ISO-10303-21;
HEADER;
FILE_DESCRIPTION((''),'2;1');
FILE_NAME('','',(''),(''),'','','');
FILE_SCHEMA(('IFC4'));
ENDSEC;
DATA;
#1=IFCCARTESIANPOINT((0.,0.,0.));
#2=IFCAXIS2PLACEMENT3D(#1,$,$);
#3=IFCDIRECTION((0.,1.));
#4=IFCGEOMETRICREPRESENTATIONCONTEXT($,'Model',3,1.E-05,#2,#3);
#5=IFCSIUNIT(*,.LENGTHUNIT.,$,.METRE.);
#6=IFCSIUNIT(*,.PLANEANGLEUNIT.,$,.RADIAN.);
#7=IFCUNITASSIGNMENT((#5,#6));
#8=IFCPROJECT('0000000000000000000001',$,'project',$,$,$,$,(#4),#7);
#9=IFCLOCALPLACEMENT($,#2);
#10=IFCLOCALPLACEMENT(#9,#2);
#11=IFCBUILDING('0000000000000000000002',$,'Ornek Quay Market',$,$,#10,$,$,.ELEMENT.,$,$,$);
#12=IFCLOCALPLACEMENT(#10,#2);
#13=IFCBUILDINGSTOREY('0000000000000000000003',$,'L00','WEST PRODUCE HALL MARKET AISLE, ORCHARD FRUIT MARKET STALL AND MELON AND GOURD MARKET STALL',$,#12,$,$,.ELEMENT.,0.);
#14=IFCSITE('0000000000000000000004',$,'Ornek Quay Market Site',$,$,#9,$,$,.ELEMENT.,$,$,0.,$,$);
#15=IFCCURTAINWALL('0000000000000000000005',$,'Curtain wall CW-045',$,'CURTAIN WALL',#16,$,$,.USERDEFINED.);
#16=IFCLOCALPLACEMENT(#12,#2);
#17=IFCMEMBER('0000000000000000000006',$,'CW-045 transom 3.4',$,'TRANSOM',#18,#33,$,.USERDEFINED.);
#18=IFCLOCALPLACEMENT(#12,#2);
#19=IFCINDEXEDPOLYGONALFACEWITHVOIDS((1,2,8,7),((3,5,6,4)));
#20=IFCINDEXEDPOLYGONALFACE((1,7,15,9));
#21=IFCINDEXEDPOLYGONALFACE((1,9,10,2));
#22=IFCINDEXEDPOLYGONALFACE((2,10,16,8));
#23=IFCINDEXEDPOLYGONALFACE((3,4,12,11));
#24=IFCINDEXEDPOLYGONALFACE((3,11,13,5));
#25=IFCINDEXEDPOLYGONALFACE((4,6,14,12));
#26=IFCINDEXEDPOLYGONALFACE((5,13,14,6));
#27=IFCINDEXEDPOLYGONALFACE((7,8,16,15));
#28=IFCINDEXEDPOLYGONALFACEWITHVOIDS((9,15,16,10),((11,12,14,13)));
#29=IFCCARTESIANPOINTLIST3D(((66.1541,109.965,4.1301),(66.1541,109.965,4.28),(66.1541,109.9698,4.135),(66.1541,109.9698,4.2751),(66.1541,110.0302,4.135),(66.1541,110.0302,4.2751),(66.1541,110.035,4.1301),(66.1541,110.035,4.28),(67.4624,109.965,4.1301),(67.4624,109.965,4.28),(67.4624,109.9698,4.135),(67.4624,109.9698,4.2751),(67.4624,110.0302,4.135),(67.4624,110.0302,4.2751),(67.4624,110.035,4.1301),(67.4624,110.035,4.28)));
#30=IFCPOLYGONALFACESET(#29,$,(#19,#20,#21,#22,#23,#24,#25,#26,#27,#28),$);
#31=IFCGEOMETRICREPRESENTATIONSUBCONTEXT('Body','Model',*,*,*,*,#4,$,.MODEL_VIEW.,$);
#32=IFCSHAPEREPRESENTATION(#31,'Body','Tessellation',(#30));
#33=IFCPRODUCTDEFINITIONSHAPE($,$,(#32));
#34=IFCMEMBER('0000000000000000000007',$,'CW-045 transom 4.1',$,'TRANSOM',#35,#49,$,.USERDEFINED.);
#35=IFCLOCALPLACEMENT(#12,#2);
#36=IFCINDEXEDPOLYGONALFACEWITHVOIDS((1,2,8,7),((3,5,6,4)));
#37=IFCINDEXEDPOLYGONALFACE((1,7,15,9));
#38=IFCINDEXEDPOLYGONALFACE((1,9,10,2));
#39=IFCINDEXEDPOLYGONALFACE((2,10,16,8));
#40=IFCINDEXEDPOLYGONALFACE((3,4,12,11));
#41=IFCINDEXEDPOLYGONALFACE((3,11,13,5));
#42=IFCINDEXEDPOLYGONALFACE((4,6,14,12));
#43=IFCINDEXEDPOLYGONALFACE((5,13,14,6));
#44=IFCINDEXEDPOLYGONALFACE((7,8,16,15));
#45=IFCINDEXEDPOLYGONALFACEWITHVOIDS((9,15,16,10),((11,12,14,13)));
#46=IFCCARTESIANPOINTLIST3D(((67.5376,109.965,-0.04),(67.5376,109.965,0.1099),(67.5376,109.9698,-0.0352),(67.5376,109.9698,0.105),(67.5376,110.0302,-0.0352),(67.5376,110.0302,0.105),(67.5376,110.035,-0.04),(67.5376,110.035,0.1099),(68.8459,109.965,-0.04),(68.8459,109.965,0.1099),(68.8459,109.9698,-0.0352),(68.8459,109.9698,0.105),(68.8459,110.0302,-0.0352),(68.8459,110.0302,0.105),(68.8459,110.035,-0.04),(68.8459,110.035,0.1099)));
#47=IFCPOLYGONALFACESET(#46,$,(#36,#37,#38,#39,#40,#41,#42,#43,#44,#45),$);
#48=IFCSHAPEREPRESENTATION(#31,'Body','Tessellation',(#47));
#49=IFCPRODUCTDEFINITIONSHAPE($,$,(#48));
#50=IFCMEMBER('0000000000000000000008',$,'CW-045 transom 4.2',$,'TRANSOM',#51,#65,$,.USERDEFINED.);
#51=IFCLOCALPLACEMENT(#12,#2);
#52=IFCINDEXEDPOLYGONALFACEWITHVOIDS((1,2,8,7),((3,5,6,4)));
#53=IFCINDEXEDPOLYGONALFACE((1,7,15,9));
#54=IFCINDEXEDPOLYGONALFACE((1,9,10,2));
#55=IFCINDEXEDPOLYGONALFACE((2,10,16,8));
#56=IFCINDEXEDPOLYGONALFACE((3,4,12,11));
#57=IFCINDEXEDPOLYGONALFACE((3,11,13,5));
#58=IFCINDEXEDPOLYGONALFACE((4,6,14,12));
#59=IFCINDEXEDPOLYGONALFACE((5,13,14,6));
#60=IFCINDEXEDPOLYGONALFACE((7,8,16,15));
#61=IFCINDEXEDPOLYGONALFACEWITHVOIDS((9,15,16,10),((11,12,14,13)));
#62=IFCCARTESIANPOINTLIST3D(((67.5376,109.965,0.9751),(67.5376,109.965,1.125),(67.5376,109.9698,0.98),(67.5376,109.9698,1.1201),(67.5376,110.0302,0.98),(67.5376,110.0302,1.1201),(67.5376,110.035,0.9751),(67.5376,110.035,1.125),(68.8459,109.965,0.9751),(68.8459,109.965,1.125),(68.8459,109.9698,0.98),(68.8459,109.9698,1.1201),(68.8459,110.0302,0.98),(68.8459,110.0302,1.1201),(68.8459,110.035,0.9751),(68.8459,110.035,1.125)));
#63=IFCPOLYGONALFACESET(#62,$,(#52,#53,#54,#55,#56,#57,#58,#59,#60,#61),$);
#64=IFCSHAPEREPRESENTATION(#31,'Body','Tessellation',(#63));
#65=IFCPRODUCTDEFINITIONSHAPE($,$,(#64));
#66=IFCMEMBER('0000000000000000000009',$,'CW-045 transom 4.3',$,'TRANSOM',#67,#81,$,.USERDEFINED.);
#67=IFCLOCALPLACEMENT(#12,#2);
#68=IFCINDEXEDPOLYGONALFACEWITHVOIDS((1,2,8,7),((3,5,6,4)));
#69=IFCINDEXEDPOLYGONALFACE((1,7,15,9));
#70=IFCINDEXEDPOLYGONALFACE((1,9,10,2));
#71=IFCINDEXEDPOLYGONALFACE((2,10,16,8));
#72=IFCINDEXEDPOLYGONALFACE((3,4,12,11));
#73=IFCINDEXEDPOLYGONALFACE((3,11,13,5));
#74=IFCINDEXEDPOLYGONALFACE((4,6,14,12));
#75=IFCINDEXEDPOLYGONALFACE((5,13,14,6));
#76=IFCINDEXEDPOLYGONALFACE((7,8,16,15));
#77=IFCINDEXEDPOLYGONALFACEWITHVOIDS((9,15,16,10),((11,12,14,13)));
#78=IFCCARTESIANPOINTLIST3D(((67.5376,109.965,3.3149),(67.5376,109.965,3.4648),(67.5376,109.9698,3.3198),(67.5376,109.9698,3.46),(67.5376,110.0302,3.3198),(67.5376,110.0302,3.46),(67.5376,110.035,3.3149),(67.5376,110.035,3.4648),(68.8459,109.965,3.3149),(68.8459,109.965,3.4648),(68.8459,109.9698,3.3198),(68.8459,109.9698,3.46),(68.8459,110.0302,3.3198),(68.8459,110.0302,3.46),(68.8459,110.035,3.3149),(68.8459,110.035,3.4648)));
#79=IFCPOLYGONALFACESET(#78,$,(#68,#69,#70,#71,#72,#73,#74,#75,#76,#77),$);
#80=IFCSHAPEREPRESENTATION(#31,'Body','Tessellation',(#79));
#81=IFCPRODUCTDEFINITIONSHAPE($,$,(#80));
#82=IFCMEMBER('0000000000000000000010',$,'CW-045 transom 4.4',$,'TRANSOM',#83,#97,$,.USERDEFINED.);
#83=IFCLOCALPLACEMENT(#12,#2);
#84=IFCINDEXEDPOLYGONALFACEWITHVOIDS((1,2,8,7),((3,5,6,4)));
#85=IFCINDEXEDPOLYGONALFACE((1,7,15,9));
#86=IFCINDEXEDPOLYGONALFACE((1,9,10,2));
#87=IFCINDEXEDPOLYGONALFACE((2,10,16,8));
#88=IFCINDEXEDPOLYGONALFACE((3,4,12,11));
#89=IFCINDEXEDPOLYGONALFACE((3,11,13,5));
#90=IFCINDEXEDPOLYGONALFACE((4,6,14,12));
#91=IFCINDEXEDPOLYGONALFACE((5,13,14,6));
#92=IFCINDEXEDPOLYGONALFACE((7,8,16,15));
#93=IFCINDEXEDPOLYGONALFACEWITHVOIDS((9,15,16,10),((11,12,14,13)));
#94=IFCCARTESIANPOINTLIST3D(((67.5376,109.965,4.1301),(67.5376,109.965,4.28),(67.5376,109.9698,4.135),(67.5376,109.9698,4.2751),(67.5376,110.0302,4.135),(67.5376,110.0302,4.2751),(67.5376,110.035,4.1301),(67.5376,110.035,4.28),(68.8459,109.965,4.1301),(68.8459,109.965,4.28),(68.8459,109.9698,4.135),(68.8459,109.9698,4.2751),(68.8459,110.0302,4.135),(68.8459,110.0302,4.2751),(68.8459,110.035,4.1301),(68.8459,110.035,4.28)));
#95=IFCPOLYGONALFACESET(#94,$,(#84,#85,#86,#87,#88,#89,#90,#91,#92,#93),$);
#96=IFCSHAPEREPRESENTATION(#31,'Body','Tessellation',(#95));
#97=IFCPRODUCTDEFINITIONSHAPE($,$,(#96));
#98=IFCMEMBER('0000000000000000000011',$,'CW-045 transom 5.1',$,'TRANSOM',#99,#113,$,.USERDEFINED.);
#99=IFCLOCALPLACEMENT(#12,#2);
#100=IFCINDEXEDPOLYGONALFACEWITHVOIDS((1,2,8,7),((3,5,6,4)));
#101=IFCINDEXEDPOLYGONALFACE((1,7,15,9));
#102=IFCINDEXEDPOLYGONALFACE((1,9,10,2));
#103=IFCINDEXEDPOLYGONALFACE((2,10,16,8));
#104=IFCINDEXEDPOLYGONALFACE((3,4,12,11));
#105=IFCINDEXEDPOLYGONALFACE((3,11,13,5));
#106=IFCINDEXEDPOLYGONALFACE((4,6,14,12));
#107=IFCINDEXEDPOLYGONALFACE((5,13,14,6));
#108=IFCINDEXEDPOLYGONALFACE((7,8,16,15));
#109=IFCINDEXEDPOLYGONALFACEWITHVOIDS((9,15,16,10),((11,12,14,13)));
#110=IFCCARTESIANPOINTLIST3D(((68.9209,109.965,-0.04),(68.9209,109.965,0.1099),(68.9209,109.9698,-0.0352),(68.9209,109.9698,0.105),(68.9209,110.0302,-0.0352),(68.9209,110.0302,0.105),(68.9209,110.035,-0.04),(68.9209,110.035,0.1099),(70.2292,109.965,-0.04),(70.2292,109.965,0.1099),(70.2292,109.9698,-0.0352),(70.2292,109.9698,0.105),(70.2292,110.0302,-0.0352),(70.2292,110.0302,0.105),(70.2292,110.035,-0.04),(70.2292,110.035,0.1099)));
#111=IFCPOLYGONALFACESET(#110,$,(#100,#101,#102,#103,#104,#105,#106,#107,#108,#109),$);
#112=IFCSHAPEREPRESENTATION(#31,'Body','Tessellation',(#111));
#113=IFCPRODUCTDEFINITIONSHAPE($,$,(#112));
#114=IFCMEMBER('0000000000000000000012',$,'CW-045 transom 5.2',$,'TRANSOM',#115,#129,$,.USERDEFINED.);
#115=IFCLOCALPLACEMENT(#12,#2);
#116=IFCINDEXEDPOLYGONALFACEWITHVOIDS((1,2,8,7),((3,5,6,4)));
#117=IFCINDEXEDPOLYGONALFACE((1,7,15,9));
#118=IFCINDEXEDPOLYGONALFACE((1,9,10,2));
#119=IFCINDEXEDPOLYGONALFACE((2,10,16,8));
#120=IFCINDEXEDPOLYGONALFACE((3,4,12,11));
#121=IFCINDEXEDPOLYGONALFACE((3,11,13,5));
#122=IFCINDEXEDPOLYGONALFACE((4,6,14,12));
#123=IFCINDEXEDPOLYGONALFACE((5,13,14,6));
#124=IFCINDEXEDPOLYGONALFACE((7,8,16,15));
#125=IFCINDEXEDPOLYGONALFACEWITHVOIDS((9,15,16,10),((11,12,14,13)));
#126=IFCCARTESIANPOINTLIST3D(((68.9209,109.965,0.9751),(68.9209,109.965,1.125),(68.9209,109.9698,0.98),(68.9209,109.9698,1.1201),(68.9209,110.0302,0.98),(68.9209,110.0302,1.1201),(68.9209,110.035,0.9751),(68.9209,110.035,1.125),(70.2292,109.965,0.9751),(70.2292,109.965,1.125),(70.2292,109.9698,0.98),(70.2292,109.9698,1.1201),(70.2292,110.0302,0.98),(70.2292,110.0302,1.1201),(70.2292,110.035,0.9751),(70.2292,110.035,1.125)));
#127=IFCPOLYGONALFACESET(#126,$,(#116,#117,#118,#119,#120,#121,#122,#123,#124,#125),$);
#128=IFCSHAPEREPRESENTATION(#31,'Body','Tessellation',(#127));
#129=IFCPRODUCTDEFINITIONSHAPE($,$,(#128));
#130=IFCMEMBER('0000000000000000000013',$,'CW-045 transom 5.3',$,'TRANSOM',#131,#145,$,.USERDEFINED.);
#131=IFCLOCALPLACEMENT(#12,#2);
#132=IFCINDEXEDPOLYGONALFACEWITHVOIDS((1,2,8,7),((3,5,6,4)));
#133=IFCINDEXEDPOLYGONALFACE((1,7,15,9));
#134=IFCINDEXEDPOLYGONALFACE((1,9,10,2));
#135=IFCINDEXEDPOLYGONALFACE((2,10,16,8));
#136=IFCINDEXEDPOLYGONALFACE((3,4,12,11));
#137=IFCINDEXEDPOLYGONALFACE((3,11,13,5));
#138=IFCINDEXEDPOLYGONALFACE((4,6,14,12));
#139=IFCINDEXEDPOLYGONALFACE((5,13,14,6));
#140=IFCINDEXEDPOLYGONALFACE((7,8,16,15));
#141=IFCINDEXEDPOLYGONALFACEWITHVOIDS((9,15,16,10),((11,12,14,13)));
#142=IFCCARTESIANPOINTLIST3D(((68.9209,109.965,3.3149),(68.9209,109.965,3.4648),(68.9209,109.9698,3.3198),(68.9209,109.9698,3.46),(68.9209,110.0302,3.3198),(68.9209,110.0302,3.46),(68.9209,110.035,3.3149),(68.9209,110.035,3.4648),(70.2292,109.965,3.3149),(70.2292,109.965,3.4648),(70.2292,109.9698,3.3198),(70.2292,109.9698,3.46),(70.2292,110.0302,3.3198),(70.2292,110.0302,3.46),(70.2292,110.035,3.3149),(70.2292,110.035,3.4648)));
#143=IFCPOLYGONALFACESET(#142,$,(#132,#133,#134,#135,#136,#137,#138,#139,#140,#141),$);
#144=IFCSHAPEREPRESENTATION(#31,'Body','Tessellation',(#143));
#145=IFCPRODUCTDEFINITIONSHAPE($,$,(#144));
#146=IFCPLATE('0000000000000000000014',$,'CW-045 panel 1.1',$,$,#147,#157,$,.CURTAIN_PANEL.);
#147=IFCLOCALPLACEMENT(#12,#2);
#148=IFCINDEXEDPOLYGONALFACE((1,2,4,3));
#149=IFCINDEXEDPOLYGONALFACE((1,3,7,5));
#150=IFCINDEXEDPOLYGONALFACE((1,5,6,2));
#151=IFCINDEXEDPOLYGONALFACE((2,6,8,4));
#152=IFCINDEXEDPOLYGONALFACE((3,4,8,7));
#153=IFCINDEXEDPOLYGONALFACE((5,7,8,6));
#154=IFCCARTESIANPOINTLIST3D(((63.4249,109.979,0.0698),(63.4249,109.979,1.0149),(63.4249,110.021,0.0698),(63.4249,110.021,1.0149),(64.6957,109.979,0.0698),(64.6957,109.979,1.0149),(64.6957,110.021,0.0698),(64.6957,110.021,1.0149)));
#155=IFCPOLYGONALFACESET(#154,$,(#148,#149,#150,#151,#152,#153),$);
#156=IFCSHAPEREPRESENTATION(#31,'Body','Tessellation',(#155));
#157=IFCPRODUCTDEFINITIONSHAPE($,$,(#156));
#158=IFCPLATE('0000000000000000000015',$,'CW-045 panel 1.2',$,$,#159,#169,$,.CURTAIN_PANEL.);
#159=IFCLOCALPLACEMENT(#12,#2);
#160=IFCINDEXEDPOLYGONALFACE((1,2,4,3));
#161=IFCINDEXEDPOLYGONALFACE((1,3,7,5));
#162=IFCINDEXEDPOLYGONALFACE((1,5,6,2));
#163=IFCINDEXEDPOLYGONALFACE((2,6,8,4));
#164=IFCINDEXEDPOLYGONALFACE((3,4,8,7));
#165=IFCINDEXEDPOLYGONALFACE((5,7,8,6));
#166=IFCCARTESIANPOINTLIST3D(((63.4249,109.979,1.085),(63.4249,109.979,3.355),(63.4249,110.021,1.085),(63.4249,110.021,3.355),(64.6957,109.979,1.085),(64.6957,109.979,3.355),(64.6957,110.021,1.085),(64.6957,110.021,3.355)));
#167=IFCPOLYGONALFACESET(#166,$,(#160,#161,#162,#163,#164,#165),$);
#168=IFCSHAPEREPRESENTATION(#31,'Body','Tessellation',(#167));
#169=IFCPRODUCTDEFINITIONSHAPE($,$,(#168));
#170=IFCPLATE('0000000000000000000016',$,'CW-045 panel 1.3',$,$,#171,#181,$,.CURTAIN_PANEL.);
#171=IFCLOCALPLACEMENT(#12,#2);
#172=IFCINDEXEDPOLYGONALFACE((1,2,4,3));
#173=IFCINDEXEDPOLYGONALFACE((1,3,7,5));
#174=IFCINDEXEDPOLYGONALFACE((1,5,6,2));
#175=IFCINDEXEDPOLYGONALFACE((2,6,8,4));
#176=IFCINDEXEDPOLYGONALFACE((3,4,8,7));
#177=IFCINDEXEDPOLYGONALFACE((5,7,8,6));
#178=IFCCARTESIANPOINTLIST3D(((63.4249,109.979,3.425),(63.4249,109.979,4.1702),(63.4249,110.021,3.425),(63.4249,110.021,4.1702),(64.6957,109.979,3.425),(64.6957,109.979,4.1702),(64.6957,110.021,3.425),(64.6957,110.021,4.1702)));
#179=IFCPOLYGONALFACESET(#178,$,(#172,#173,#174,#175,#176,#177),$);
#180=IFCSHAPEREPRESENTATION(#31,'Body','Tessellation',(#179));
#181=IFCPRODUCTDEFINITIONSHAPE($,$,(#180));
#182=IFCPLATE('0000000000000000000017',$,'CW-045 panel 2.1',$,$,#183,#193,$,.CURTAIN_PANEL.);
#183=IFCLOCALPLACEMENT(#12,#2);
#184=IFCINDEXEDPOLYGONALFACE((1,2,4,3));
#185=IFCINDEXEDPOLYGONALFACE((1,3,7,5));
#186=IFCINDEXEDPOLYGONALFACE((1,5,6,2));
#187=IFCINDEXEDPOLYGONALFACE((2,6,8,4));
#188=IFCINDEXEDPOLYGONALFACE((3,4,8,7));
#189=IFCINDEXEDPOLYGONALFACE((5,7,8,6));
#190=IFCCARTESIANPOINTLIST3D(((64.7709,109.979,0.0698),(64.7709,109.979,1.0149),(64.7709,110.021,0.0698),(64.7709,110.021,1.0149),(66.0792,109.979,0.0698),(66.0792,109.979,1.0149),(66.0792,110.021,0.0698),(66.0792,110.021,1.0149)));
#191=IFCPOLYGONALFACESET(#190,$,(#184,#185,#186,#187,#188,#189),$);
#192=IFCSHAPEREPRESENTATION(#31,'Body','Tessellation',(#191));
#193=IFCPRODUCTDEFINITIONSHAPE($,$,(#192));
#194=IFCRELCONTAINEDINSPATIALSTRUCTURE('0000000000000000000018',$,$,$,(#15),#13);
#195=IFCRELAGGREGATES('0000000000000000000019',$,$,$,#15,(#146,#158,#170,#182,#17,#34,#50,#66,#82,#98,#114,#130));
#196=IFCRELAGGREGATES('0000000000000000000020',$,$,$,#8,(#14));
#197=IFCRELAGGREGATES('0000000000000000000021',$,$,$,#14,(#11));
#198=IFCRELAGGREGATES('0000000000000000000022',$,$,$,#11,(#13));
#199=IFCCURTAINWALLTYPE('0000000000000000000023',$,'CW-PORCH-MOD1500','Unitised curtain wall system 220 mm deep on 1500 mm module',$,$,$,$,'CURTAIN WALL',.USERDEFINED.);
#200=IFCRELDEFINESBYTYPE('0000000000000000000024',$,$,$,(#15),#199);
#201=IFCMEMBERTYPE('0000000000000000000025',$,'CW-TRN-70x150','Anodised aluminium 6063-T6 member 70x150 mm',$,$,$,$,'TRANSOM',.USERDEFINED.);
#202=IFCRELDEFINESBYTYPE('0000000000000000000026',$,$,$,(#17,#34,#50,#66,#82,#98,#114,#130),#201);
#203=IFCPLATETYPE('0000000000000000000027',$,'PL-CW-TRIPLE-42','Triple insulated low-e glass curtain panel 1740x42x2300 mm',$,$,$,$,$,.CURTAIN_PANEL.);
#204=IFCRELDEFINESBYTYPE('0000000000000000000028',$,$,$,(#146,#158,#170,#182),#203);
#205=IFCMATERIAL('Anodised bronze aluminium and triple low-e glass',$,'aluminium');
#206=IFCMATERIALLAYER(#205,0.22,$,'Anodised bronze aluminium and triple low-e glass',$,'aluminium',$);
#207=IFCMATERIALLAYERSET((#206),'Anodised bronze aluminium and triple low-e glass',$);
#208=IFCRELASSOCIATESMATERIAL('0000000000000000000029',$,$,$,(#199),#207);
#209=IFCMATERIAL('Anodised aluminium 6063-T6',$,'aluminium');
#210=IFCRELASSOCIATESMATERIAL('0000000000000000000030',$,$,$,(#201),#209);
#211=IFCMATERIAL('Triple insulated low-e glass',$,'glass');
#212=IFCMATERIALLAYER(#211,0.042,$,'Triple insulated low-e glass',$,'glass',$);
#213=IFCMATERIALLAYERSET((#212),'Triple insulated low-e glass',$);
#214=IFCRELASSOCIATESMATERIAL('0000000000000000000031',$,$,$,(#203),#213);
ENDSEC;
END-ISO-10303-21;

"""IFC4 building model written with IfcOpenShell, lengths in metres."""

from ifc_helpers import new_model, si_unit, direction, frame, origin, origin_2d, place, context, subcontext, project, spatial, rectangle, hollow_rectangle, extrude, material, layer, layer_set, material_profile, profile_set, type_object, element, aggregate, save


model = new_model("IFC4")

# Units and contexts
model_context = context("Model", 3, precision=1e-05, world=origin(), true_north=direction((0.0, 1.0)))
body_context = subcontext(model_context, "Body", "Model", "MODEL_VIEW")
ifc_project = project(units=[si_unit("LENGTHUNIT", "METRE"), si_unit("PLANEANGLEUNIT", "RADIAN")], contexts=[model_context])

# Site, building, storey
site_placement = place(None, origin())
site = spatial("IfcSite", under=ifc_project, at=site_placement, Name="Ornek Quay Market Site", CompositionType="ELEMENT", RefElevation=0.0)
building_placement = place(site_placement, origin())
building = spatial("IfcBuilding", under=site, at=building_placement, Name="Ornek Quay Market", CompositionType="ELEMENT")
storey_placement = place(building_placement, origin())
storey = spatial("IfcBuildingStorey", under=building, at=storey_placement, Name="L00", Description="WEST PRODUCE HALL MARKET AISLE, ORCHARD FRUIT MARKET STALL AND MELON AND GOURD MARKET STALL", CompositionType="ELEMENT", Elevation=0.0)

# Curtain wall, members, plates
ifc_material_1 = material(Name="Anodised bronze aluminium and triple low-e glass", Category="aluminium")
ifc_layer_1 = layer(ifc_material_1, 0.22, Name="Anodised bronze aluminium and triple low-e glass", Category="aluminium")
ifc_layer_set_1 = layer_set([ifc_layer_1], Name="Anodised bronze aluminium and triple low-e glass")
curtain_wall_type = type_object("IfcCurtainWallType", Name="CW-PORCH-MOD1500", Description="Unitised curtain wall system 220 mm deep on 1500 mm module", ElementType="CURTAIN WALL", PredefinedType="USERDEFINED", material=ifc_layer_set_1)
curtain_wall_placement = place(storey_placement, origin())
curtain_wall = element("IfcCurtainWall", 1, at=curtain_wall_placement, inside=storey, type_object=curtain_wall_type, Name="Curtain wall CW-045", ObjectType="CURTAIN WALL", PredefinedType="USERDEFINED")
ifc_material_2 = material(Name="Anodised aluminium 6063-T6", Category="aluminium")
ifc_material_profile_1 = material_profile(ifc_material_2, hollow_rectangle(XDim=0.0701, YDim=0.1499, WallThickness=0.0049, at=origin_2d()), Name="CW-TRN-70x150", Category="aluminium")
ifc_profile_set_1 = profile_set([ifc_material_profile_1], Name="Anodised aluminium 6063-T6")
member_type_1 = type_object("IfcMemberType", Name="CW-TRN-70x150", Description="Anodised aluminium 6063-T6 member 70x150 mm", ElementType="TRANSOM", PredefinedType="USERDEFINED", material=ifc_profile_set_1)
member_1_placement = place(storey_placement, frame((66.1541, 110.0, 4.2051), z_axis=(1.0, 0.0, 0.0), x_axis=(0.0, 1.0, 0.0)))
member_1 = element("IfcMember", 2, at=member_1_placement, type_object=member_type_1, Name="CW-045 transom 3.4", ObjectType="TRANSOM", PredefinedType="USERDEFINED", context=body_context, shape_type="SweptSolid", body=[
    extrude(hollow_rectangle(XDim=0.0701, YDim=0.1499, WallThickness=0.0049, at=origin_2d()), origin(), (0.0, 0.0, 1.0), 1.3083),
])
member_2_placement = place(storey_placement, frame((67.5376, 110.0, 0.0349), z_axis=(1.0, 0.0, 0.0), x_axis=(0.0, 1.0, 0.0)))
member_2 = element("IfcMember", 3, at=member_2_placement, type_object=member_type_1, Name="CW-045 transom 4.1", ObjectType="TRANSOM", PredefinedType="USERDEFINED", context=body_context, shape_type="SweptSolid", body=[
    extrude(hollow_rectangle(XDim=0.0701, YDim=0.1499, WallThickness=0.0049, at=origin_2d()), origin(), (0.0, 0.0, 1.0), 1.3083),
])
member_3_placement = place(storey_placement, frame((67.5376, 110.0, 1.05), z_axis=(1.0, 0.0, 0.0), x_axis=(0.0, 1.0, 0.0)))
member_3 = element("IfcMember", 4, at=member_3_placement, type_object=member_type_1, Name="CW-045 transom 4.2", ObjectType="TRANSOM", PredefinedType="USERDEFINED", context=body_context, shape_type="SweptSolid", body=[
    extrude(hollow_rectangle(XDim=0.0701, YDim=0.1499, WallThickness=0.0049, at=origin_2d()), origin(), (0.0, 0.0, 1.0), 1.3083),
])
member_4_placement = place(storey_placement, frame((67.5376, 110.0, 3.3899), z_axis=(1.0, 0.0, 0.0), x_axis=(0.0, 1.0, 0.0)))
member_4 = element("IfcMember", 5, at=member_4_placement, type_object=member_type_1, Name="CW-045 transom 4.3", ObjectType="TRANSOM", PredefinedType="USERDEFINED", context=body_context, shape_type="SweptSolid", body=[
    extrude(hollow_rectangle(XDim=0.0701, YDim=0.1499, WallThickness=0.0049, at=origin_2d()), origin(), (0.0, 0.0, 1.0), 1.3083),
])
member_5_placement = place(storey_placement, frame((67.5376, 110.0, 4.2051), z_axis=(1.0, 0.0, 0.0), x_axis=(0.0, 1.0, 0.0)))
member_5 = element("IfcMember", 6, at=member_5_placement, type_object=member_type_1, Name="CW-045 transom 4.4", ObjectType="TRANSOM", PredefinedType="USERDEFINED", context=body_context, shape_type="SweptSolid", body=[
    extrude(hollow_rectangle(XDim=0.0701, YDim=0.1499, WallThickness=0.0049, at=origin_2d()), origin(), (0.0, 0.0, 1.0), 1.3083),
])
member_6_placement = place(storey_placement, frame((68.9209, 110.0, 0.0349), z_axis=(1.0, 0.0, 0.0), x_axis=(0.0, 1.0, 0.0)))
member_6 = element("IfcMember", 7, at=member_6_placement, type_object=member_type_1, Name="CW-045 transom 5.1", ObjectType="TRANSOM", PredefinedType="USERDEFINED", context=body_context, shape_type="SweptSolid", body=[
    extrude(hollow_rectangle(XDim=0.0701, YDim=0.1499, WallThickness=0.0049, at=origin_2d()), origin(), (0.0, 0.0, 1.0), 1.3083),
])
member_7_placement = place(storey_placement, frame((68.9209, 110.0, 1.05), z_axis=(1.0, 0.0, 0.0), x_axis=(0.0, 1.0, 0.0)))
member_7 = element("IfcMember", 8, at=member_7_placement, type_object=member_type_1, Name="CW-045 transom 5.2", ObjectType="TRANSOM", PredefinedType="USERDEFINED", context=body_context, shape_type="SweptSolid", body=[
    extrude(hollow_rectangle(XDim=0.0701, YDim=0.1499, WallThickness=0.0049, at=origin_2d()), origin(), (0.0, 0.0, 1.0), 1.3083),
])
member_8_placement = place(storey_placement, frame((68.9209, 110.0, 3.3899), z_axis=(1.0, 0.0, 0.0), x_axis=(0.0, 1.0, 0.0)))
member_8 = element("IfcMember", 9, at=member_8_placement, type_object=member_type_1, Name="CW-045 transom 5.3", ObjectType="TRANSOM", PredefinedType="USERDEFINED", context=body_context, shape_type="SweptSolid", body=[
    extrude(hollow_rectangle(XDim=0.0701, YDim=0.1499, WallThickness=0.0049, at=origin_2d()), origin(), (0.0, 0.0, 1.0), 1.3083),
])
ifc_material_3 = material(Name="Triple insulated low-e glass", Category="glass")
ifc_layer_2 = layer(ifc_material_3, 0.042, Name="Triple insulated low-e glass", Category="glass")
ifc_layer_set_2 = layer_set([ifc_layer_2], Name="Triple insulated low-e glass")
plate_type = type_object("IfcPlateType", Name="PL-CW-TRIPLE-42", Description="Triple insulated low-e glass curtain panel 1740x42x2300 mm", PredefinedType="CURTAIN_PANEL", material=ifc_layer_set_2)
plate_1_placement = place(storey_placement, frame((64.0603, 110.0, 0.0698), z_axis=(0.0, 0.0, 1.0), x_axis=(1.0, 0.0, 0.0)))
plate_1 = element("IfcPlate", 10, at=plate_1_placement, type_object=plate_type, Name="CW-045 panel 1.1", PredefinedType="CURTAIN_PANEL", context=body_context, shape_type="SweptSolid", body=[
    extrude(rectangle(XDim=1.2708, YDim=0.042, at=origin_2d()), origin(), (0.0, 0.0, 1.0), 0.9451),
])
plate_2_placement = place(storey_placement, frame((64.0603, 110.0, 1.085), z_axis=(0.0, 0.0, 1.0), x_axis=(1.0, 0.0, 0.0)))
plate_2 = element("IfcPlate", 11, at=plate_2_placement, type_object=plate_type, Name="CW-045 panel 1.2", PredefinedType="CURTAIN_PANEL", context=body_context, shape_type="SweptSolid", body=[
    extrude(rectangle(XDim=1.2708, YDim=0.042, at=origin_2d()), origin(), (0.0, 0.0, 1.0), 2.27),
])
plate_3_placement = place(storey_placement, frame((64.0603, 110.0, 3.425), z_axis=(0.0, 0.0, 1.0), x_axis=(1.0, 0.0, 0.0)))
plate_3 = element("IfcPlate", 12, at=plate_3_placement, type_object=plate_type, Name="CW-045 panel 1.3", PredefinedType="CURTAIN_PANEL", context=body_context, shape_type="SweptSolid", body=[
    extrude(rectangle(XDim=1.2708, YDim=0.042, at=origin_2d()), origin(), (0.0, 0.0, 1.0), 0.7451),
])
plate_4_placement = place(storey_placement, frame((65.425, 110.0, 0.0698), z_axis=(0.0, 0.0, 1.0), x_axis=(1.0, 0.0, 0.0)))
plate_4 = element("IfcPlate", 13, at=plate_4_placement, type_object=plate_type, Name="CW-045 panel 2.1", PredefinedType="CURTAIN_PANEL", context=body_context, shape_type="SweptSolid", body=[
    extrude(rectangle(XDim=1.3083, YDim=0.042, at=origin_2d()), origin(), (0.0, 0.0, 1.0), 0.9451),
])
aggregate(curtain_wall, [plate_1, plate_2, plate_3, plate_4, member_1, member_2, member_3, member_4, member_5, member_6, member_7, member_8])

save(model, "model.ifc")
